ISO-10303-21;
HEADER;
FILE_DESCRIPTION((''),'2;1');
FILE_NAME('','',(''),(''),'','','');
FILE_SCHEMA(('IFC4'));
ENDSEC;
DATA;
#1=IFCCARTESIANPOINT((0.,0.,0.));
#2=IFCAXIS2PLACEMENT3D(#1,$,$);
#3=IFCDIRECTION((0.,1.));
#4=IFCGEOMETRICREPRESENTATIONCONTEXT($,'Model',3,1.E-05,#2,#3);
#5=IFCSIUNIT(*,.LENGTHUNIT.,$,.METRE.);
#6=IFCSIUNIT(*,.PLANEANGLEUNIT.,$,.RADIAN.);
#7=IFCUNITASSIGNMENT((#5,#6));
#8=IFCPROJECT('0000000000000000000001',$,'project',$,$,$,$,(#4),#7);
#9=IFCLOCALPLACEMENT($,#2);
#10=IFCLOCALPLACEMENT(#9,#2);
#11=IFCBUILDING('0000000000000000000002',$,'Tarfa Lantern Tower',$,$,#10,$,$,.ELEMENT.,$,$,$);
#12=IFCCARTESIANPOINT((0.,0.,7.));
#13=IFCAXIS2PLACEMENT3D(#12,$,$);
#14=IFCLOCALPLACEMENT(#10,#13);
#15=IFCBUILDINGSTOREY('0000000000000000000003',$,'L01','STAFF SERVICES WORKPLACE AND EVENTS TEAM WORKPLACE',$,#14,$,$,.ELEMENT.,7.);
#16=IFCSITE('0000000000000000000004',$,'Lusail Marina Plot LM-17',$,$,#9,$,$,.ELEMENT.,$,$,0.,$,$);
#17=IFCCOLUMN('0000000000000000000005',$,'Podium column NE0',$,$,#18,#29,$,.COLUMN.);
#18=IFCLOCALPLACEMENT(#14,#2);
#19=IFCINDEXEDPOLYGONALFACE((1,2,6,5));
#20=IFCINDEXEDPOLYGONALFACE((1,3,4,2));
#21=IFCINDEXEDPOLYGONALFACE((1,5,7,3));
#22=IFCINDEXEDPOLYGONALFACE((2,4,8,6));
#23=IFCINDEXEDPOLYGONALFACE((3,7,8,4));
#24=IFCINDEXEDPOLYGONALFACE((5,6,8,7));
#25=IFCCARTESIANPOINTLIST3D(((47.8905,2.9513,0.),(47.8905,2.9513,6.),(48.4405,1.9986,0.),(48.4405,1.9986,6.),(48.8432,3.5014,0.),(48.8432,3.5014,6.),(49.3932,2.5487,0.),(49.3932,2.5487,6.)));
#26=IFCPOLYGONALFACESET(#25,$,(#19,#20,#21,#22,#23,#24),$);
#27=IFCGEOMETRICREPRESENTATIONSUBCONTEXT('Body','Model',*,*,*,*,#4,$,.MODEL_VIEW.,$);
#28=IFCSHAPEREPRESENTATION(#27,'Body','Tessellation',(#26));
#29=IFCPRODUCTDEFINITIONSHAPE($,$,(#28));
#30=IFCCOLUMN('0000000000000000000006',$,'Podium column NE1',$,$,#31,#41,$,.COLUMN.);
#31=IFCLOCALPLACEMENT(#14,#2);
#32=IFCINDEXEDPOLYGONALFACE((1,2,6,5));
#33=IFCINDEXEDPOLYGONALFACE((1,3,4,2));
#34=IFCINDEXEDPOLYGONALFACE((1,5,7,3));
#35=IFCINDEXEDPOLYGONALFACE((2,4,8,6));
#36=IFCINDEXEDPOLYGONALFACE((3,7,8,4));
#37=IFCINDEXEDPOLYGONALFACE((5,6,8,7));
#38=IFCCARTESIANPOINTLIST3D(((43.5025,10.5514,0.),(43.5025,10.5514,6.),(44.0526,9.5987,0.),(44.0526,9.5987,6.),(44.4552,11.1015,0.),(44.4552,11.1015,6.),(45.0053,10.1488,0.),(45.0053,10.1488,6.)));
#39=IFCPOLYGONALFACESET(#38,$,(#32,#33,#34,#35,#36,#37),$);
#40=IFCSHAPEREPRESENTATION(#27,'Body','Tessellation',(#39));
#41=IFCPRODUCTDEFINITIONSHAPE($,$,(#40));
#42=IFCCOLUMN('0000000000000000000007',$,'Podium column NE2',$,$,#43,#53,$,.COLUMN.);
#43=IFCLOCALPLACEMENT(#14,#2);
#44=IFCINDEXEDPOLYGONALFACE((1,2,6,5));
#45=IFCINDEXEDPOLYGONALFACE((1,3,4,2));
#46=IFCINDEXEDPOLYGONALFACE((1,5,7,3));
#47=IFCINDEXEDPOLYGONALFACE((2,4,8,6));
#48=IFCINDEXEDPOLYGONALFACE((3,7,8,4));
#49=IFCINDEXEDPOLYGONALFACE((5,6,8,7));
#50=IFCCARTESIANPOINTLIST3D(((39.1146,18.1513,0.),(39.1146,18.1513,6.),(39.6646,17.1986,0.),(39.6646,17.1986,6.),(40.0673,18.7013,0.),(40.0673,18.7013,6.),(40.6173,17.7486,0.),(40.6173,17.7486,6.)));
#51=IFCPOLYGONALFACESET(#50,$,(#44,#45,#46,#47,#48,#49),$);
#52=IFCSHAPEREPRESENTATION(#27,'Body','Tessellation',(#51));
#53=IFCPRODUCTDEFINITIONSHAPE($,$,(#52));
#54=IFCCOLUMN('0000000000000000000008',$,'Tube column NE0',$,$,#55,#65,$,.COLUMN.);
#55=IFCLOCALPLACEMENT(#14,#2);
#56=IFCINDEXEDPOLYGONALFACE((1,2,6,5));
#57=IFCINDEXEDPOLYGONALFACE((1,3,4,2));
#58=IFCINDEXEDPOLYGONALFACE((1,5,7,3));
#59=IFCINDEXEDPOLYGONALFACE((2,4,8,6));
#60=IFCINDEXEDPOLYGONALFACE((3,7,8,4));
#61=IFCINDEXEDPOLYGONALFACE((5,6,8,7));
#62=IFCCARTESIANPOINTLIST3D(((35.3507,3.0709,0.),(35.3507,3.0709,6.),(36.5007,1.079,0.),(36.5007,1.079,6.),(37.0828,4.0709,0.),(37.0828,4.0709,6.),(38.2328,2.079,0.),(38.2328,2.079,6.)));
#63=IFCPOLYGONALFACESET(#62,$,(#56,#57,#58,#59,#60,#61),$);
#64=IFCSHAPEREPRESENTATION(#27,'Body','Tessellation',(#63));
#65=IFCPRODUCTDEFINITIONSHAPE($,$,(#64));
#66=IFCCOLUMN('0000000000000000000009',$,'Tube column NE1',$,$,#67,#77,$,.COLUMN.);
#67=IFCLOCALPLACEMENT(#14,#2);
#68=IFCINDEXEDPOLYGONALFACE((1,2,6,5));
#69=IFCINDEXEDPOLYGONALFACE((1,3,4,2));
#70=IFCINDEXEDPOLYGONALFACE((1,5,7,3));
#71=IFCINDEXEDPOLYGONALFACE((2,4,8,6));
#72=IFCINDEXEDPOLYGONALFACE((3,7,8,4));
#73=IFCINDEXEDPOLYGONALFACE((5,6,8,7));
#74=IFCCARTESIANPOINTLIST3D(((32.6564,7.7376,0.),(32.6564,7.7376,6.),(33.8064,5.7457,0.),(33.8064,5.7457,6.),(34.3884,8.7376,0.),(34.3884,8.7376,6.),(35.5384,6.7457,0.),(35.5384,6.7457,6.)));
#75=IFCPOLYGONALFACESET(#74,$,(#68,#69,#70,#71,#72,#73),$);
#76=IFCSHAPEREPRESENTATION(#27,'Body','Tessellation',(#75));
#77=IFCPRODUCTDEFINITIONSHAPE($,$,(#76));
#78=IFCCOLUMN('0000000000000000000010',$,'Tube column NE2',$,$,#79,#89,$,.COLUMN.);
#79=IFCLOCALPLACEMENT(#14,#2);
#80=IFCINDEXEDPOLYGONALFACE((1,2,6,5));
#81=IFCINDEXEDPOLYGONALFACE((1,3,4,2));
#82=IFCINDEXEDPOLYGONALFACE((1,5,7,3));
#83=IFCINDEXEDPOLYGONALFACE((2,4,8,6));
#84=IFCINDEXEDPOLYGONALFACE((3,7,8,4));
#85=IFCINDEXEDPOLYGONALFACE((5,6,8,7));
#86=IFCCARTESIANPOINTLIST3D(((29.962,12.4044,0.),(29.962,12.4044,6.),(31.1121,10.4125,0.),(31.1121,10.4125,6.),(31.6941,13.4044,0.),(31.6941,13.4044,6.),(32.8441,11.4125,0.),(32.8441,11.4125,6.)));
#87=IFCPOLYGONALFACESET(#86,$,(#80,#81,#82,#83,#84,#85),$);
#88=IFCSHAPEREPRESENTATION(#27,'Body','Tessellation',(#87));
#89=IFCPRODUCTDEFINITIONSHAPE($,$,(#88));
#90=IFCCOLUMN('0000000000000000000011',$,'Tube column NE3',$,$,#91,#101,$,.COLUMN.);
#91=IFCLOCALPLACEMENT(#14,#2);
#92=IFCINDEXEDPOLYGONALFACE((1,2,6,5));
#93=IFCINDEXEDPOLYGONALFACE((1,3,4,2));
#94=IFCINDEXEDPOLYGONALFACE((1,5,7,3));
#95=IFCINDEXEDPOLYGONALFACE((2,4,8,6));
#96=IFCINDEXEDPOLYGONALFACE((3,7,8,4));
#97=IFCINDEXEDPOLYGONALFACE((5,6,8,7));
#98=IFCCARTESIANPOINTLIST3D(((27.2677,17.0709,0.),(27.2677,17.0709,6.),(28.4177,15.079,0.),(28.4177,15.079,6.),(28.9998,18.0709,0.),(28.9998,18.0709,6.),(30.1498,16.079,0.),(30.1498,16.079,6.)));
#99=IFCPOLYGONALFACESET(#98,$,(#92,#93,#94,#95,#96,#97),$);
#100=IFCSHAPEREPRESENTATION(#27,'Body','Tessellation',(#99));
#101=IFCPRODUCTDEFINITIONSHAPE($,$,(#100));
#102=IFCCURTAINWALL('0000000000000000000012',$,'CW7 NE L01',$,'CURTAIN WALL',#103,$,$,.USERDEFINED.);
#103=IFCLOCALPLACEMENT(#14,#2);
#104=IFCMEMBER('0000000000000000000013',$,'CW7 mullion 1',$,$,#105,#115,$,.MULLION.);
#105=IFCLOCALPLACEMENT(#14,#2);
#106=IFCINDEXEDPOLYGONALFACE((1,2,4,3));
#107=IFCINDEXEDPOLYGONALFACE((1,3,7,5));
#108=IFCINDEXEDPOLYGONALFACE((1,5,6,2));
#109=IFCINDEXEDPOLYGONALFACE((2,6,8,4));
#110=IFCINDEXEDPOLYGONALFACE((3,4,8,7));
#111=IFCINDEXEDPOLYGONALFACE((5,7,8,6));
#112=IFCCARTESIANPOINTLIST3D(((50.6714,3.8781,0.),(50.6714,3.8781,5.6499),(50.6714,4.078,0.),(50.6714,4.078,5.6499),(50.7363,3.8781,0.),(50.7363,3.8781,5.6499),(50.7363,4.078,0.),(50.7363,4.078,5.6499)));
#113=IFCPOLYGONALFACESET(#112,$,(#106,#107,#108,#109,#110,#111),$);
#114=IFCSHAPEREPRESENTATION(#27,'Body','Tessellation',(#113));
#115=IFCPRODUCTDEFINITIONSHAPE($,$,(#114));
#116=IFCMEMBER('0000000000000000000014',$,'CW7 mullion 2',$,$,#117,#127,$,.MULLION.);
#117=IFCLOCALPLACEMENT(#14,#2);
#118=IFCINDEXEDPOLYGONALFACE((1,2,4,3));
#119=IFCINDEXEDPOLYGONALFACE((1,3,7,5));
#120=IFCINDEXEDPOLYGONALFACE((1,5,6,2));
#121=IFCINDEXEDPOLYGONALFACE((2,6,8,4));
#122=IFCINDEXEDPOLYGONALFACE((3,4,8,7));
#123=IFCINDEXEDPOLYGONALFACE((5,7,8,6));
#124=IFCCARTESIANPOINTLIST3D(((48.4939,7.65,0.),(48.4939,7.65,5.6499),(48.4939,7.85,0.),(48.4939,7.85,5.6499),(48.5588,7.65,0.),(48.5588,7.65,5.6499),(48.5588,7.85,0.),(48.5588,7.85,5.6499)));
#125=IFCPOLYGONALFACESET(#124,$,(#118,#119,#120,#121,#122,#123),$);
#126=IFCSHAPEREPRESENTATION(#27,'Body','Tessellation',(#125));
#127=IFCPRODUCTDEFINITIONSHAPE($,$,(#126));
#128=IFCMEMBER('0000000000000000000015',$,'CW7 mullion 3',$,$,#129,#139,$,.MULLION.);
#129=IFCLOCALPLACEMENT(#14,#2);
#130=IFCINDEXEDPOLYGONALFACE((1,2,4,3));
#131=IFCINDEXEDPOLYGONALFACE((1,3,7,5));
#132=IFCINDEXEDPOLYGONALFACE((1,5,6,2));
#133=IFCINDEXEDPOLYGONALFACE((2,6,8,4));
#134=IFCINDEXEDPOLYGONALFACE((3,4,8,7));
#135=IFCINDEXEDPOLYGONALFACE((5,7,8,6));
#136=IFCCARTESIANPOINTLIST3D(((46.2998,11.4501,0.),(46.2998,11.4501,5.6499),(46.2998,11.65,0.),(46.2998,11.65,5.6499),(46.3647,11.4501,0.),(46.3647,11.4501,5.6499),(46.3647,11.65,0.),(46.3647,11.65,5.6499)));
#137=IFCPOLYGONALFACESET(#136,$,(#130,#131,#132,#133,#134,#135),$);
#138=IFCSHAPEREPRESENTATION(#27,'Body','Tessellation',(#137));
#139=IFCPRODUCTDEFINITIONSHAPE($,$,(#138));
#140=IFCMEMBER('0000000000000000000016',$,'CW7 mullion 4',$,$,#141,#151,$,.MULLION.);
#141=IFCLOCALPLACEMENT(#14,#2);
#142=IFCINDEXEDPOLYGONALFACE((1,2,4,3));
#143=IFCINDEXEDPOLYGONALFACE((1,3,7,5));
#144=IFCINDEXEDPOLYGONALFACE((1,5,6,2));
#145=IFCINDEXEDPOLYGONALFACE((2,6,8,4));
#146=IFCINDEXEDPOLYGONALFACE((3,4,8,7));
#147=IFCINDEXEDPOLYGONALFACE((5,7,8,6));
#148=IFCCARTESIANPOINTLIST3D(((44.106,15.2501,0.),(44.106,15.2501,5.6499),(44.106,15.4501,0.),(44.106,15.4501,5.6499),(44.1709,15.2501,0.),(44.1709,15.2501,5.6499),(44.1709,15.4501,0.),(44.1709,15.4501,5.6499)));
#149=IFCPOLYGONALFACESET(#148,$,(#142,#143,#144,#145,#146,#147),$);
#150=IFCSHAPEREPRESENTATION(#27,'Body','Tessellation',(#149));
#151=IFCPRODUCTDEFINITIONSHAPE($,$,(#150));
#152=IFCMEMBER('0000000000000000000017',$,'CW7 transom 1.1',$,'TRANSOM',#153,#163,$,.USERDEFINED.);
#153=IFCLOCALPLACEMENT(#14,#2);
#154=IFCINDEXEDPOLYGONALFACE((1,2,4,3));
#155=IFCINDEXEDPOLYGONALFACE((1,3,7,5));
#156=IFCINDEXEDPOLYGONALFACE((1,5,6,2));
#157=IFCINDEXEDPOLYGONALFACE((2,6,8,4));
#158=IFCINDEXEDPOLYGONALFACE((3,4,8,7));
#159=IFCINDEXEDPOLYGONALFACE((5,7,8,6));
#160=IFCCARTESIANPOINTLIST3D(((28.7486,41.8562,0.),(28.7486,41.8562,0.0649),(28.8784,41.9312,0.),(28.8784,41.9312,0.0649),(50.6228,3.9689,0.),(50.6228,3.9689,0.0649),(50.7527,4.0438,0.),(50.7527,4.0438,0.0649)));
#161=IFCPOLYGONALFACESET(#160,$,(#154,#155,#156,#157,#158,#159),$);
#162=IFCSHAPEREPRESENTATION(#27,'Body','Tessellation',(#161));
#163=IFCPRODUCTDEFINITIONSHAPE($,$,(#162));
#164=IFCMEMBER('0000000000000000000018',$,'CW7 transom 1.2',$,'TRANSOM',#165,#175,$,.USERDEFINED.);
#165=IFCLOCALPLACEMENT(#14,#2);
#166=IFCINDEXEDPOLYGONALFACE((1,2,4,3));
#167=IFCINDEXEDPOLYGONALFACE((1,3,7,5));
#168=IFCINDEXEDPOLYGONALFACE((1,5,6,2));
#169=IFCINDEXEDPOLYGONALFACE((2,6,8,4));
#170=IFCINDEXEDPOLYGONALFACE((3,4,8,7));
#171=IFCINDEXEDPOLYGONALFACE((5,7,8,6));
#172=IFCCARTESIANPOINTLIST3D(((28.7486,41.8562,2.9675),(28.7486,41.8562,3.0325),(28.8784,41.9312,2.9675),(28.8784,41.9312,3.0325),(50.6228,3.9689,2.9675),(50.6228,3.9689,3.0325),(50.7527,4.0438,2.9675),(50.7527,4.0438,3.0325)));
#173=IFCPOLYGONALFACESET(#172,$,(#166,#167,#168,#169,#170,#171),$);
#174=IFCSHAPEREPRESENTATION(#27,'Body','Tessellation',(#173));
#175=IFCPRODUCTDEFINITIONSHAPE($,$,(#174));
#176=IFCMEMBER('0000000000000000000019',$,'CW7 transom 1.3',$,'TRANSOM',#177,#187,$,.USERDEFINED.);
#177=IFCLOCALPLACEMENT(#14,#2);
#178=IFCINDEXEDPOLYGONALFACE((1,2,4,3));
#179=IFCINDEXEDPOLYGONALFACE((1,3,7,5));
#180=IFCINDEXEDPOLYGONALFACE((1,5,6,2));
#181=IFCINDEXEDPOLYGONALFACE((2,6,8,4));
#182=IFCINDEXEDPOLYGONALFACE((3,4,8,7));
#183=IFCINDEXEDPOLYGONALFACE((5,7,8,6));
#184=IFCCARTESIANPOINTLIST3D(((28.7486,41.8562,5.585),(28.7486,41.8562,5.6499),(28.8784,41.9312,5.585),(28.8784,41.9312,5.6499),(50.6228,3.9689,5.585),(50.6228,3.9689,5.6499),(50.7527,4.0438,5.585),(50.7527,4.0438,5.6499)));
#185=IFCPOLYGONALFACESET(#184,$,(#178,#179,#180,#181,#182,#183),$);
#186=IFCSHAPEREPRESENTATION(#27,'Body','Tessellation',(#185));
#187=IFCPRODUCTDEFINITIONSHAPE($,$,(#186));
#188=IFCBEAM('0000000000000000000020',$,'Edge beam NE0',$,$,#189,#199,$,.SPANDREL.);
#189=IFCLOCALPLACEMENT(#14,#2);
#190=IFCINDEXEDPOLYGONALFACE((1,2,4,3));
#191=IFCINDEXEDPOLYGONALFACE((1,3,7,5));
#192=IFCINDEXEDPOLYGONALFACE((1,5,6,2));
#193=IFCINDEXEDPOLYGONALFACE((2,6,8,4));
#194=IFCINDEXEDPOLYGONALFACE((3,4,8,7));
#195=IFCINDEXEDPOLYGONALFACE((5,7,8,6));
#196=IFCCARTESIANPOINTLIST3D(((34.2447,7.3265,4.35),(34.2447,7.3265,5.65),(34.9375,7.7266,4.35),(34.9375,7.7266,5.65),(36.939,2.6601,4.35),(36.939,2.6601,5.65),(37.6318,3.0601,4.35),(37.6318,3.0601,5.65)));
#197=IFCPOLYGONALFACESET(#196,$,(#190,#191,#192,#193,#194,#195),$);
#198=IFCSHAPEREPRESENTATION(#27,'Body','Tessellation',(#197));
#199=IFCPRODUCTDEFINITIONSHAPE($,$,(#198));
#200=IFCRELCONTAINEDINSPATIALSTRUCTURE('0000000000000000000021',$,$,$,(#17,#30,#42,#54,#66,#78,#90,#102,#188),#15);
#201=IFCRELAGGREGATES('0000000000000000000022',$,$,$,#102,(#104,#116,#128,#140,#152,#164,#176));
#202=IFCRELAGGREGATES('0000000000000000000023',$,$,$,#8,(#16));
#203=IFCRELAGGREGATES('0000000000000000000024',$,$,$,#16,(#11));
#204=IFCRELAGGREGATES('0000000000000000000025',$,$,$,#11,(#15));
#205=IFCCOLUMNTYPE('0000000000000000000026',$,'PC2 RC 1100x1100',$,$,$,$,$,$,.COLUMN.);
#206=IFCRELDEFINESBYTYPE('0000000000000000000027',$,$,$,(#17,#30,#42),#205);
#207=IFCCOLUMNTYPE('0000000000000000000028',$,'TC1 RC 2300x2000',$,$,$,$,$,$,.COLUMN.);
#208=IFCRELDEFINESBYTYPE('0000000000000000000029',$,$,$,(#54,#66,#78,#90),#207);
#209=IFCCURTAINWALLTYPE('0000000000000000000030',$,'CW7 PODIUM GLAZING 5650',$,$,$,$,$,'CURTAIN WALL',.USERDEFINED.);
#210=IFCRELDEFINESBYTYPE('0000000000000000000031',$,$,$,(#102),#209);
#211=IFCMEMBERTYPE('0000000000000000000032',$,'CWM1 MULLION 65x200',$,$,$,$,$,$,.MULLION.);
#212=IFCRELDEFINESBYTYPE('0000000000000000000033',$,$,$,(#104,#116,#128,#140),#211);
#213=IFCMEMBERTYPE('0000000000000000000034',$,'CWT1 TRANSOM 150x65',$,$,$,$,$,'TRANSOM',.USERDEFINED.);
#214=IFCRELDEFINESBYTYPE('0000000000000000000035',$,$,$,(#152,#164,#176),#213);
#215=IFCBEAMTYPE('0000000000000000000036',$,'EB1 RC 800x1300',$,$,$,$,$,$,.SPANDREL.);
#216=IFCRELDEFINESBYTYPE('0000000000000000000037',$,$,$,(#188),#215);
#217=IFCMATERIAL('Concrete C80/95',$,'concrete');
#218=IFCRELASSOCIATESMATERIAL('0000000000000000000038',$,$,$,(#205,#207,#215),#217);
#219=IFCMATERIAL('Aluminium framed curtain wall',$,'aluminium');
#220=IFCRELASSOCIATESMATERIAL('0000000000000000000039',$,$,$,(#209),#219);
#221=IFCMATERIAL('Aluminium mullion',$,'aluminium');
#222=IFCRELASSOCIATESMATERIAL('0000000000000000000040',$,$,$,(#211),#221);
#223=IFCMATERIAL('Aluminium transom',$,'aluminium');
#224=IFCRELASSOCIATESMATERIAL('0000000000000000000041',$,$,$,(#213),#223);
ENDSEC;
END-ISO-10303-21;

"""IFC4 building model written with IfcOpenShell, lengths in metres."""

from ifc_helpers import new_model, si_unit, direction, frame, origin, origin_2d, place, context, subcontext, project, spatial, rectangle, extrude, material, material_profile, profile_set, type_object, element, aggregate, save


model = new_model("IFC4")

# Units and contexts
model_context = context("Model", 3, precision=1e-05, world=origin(), true_north=direction((0.0, 1.0)))
body_context = subcontext(model_context, "Body", "Model", "MODEL_VIEW")
ifc_project = project(units=[si_unit("LENGTHUNIT", "METRE"), si_unit("PLANEANGLEUNIT", "RADIAN")], contexts=[model_context])

# Site, building, storey
site_placement = place(None, origin())
site = spatial("IfcSite", under=ifc_project, at=site_placement, Name="Lusail Marina Plot LM-17", CompositionType="ELEMENT", RefElevation=0.0)
building_placement = place(site_placement, origin())
building = spatial("IfcBuilding", under=site, at=building_placement, Name="Tarfa Lantern Tower", CompositionType="ELEMENT")
storey_placement = place(building_placement, frame((0.0, 0.0, 7.0)))
storey = spatial("IfcBuildingStorey", under=building, at=storey_placement, Name="L01", Description="STAFF SERVICES WORKPLACE AND EVENTS TEAM WORKPLACE", CompositionType="ELEMENT", Elevation=7.0)

# Columns
ifc_material_1 = material(Name="Concrete C80/95", Category="concrete")
ifc_material_profile_1 = material_profile(ifc_material_1, rectangle(XDim=1.1001, YDim=1.1001, at=origin_2d()), Name="RC 1100x1100")
ifc_profile_set_1 = profile_set([ifc_material_profile_1], Name="Concrete C80/95")
column_type_1 = type_object("IfcColumnType", Name="PC2 RC 1100x1100", PredefinedType="COLUMN", material=ifc_profile_set_1)
for number, where, z_axis, x_axis, name in (
    (1, (48.6418, 2.75, 0.0), (0.0, 0.0, 1.0), (-0.5, 0.866025, 0.0), "Podium column NE0"),
    (2, (44.2539, 10.3501, 0.0), (0.0, 0.0, 1.0), (-0.5, 0.866025, 0.0), "Podium column NE1"),
    (3, (39.866, 17.95, 0.0), (0.0, 0.0, 1.0), (-0.5, 0.866025, 0.0), "Podium column NE2"),
):
    element("IfcColumn", number, at=place(storey_placement, frame(where, z_axis=z_axis, x_axis=x_axis)), inside=storey, type_object=column_type_1, Name=name, PredefinedType="COLUMN", context=body_context, shape_type="SweptSolid", body=[
        extrude(rectangle(XDim=1.1001, YDim=1.1001, at=origin_2d()), origin(), (0.0, 0.0, 1.0), 6.0),
    ])
ifc_material_profile_2 = material_profile(ifc_material_1, rectangle(XDim=2.3, YDim=2.0, at=origin_2d()), Name="RC 2300x2000")
ifc_profile_set_2 = profile_set([ifc_material_profile_2], Name="Concrete C80/95")
column_type_2 = type_object("IfcColumnType", Name="TC1 RC 2300x2000", PredefinedType="COLUMN", material=ifc_profile_set_2)
for number, where, z_axis, x_axis, name in (
    (4, (36.7917, 2.575, 0.0), (0.0, 0.0, 1.0), (-0.5, 0.866025, 0.0), "Tube column NE0"),
    (5, (34.0974, 7.2417, 0.0), (0.0, 0.0, 1.0), (-0.5, 0.866025, 0.0), "Tube column NE1"),
    (6, (31.4031, 11.9084, 0.0), (0.0, 0.0, 1.0), (-0.5, 0.866025, 0.0), "Tube column NE2"),
    (7, (28.7087, 16.575, 0.0), (0.0, 0.0, 1.0), (-0.5, 0.866025, 0.0), "Tube column NE3"),
):
    element("IfcColumn", number, at=place(storey_placement, frame(where, z_axis=z_axis, x_axis=x_axis)), inside=storey, type_object=column_type_2, Name=name, PredefinedType="COLUMN", context=body_context, shape_type="SweptSolid", body=[
        extrude(rectangle(XDim=2.3, YDim=2.0, at=origin_2d()), origin(), (0.0, 0.0, 1.0), 6.0),
    ])

# Curtain wall, members
ifc_material_2 = material(Name="Aluminium framed curtain wall", Category="aluminium")
curtain_wall_type = type_object("IfcCurtainWallType", Name="CW7 PODIUM GLAZING 5650", ElementType="CURTAIN WALL", PredefinedType="USERDEFINED", material=ifc_material_2)
curtain_wall_placement = place(storey_placement, origin())
curtain_wall = element("IfcCurtainWall", 8, at=curtain_wall_placement, inside=storey, type_object=curtain_wall_type, Name="CW7 NE L01", ObjectType="CURTAIN WALL", PredefinedType="USERDEFINED")
ifc_material_3 = material(Name="Aluminium mullion", Category="aluminium")
ifc_material_profile_3 = material_profile(ifc_material_3, rectangle(XDim=0.0649, YDim=0.2, at=origin_2d()), Name="AL MULLION 65x200")
ifc_profile_set_3 = profile_set([ifc_material_profile_3], Name="Aluminium mullion")
member_type_1 = type_object("IfcMemberType", Name="CWM1 MULLION 65x200", PredefinedType="MULLION", material=ifc_profile_set_3)
member_1_placement = place(storey_placement, frame((50.7039, 3.978, 0.0), z_axis=(0.0, 0.0, 1.0), x_axis=(1.0, 0.0, 0.0)))
member_1 = element("IfcMember", 9, at=member_1_placement, type_object=member_type_1, Name="CW7 mullion 1", PredefinedType="MULLION", context=body_context, shape_type="SweptSolid", body=[
    extrude(rectangle(XDim=0.0649, YDim=0.2, at=origin_2d()), origin(), (0.0, 0.0, 1.0), 5.6499),
])
member_2_placement = place(storey_placement, frame((48.5264, 7.75, 0.0), z_axis=(0.0, 0.0, 1.0), x_axis=(1.0, 0.0, 0.0)))
member_2 = element("IfcMember", 10, at=member_2_placement, type_object=member_type_1, Name="CW7 mullion 2", PredefinedType="MULLION", context=body_context, shape_type="SweptSolid", body=[
    extrude(rectangle(XDim=0.0649, YDim=0.2, at=origin_2d()), origin(), (0.0, 0.0, 1.0), 5.6499),
])
member_3_placement = place(storey_placement, frame((46.3323, 11.55, 0.0), z_axis=(0.0, 0.0, 1.0), x_axis=(1.0, 0.0, 0.0)))
member_3 = element("IfcMember", 11, at=member_3_placement, type_object=member_type_1, Name="CW7 mullion 3", PredefinedType="MULLION", context=body_context, shape_type="SweptSolid", body=[
    extrude(rectangle(XDim=0.0649, YDim=0.2, at=origin_2d()), origin(), (0.0, 0.0, 1.0), 5.6499),
])
member_4_placement = place(storey_placement, frame((44.1384, 15.3501, 0.0), z_axis=(0.0, 0.0, 1.0), x_axis=(1.0, 0.0, 0.0)))
member_4 = element("IfcMember", 12, at=member_4_placement, type_object=member_type_1, Name="CW7 mullion 4", PredefinedType="MULLION", context=body_context, shape_type="SweptSolid", body=[
    extrude(rectangle(XDim=0.0649, YDim=0.2, at=origin_2d()), origin(), (0.0, 0.0, 1.0), 5.6499),
])
ifc_material_4 = material(Name="Aluminium transom", Category="aluminium")
ifc_material_profile_4 = material_profile(ifc_material_4, rectangle(XDim=0.1499, YDim=0.0649, at=origin_2d()), Name="AL TRANSOM 150x65")
ifc_profile_set_4 = profile_set([ifc_material_profile_4], Name="Aluminium transom")
member_type_2 = type_object("IfcMemberType", Name="CWT1 TRANSOM 150x65", ElementType="TRANSOM", PredefinedType="USERDEFINED", material=ifc_profile_set_4)
member_5_placement = place(storey_placement, frame((50.6877, 4.0063, 0.0325), z_axis=(-0.499999, 0.866026, 0.0), x_axis=(-0.866026, -0.499999, 0.0)))
member_5 = element("IfcMember", 13, at=member_5_placement, type_object=member_type_2, Name="CW7 transom 1.1", ObjectType="TRANSOM", PredefinedType="USERDEFINED", context=body_context, shape_type="SweptSolid", body=[
    extrude(rectangle(XDim=0.1499, YDim=0.0649, at=origin_2d()), origin(), (0.0, 0.0, 1.0), 43.7485),
])
member_6_placement = place(storey_placement, frame((50.6877, 4.0063, 3.0), z_axis=(-0.499999, 0.866026, 0.0), x_axis=(-0.866026, -0.499999, 0.0)))
member_6 = element("IfcMember", 14, at=member_6_placement, type_object=member_type_2, Name="CW7 transom 1.2", ObjectType="TRANSOM", PredefinedType="USERDEFINED", context=body_context, shape_type="SweptSolid", body=[
    extrude(rectangle(XDim=0.1499, YDim=0.0649, at=origin_2d()), origin(), (0.0, 0.0, 1.0), 43.7485),
])
member_7_placement = place(storey_placement, frame((50.6877, 4.0063, 5.6174), z_axis=(-0.499999, 0.866026, 0.0), x_axis=(-0.866026, -0.499999, 0.0)))
member_7 = element("IfcMember", 15, at=member_7_placement, type_object=member_type_2, Name="CW7 transom 1.3", ObjectType="TRANSOM", PredefinedType="USERDEFINED", context=body_context, shape_type="SweptSolid", body=[
    extrude(rectangle(XDim=0.1499, YDim=0.0649, at=origin_2d()), origin(), (0.0, 0.0, 1.0), 43.7485),
])

# Beam
ifc_material_profile_5 = material_profile(ifc_material_1, rectangle(XDim=0.8, YDim=1.3, at=origin_2d()), Name="RC 800x1300")
ifc_profile_set_5 = profile_set([ifc_material_profile_5], Name="Concrete C80/95")
beam_type_1 = type_object("IfcBeamType", Name="EB1 RC 800x1300", PredefinedType="SPANDREL", material=ifc_profile_set_5)
beam_1_placement = place(storey_placement, frame((37.2854, 2.8601, 5.0), z_axis=(-0.500018, 0.866015, 0.0), x_axis=(-0.866015, -0.500018, 0.0)))
element("IfcBeam", 16, at=beam_1_placement, inside=storey, type_object=beam_type_1, Name="Edge beam NE0", PredefinedType="SPANDREL", context=body_context, shape_type="SweptSolid", body=[
    extrude(rectangle(XDim=0.8, YDim=1.3, at=origin_2d()), origin(), (0.0, 0.0, 1.0), 5.3884),
])

aggregate(curtain_wall, [member_1, member_2, member_3, member_4, member_5, member_6, member_7])

save(model, "model.ifc")
